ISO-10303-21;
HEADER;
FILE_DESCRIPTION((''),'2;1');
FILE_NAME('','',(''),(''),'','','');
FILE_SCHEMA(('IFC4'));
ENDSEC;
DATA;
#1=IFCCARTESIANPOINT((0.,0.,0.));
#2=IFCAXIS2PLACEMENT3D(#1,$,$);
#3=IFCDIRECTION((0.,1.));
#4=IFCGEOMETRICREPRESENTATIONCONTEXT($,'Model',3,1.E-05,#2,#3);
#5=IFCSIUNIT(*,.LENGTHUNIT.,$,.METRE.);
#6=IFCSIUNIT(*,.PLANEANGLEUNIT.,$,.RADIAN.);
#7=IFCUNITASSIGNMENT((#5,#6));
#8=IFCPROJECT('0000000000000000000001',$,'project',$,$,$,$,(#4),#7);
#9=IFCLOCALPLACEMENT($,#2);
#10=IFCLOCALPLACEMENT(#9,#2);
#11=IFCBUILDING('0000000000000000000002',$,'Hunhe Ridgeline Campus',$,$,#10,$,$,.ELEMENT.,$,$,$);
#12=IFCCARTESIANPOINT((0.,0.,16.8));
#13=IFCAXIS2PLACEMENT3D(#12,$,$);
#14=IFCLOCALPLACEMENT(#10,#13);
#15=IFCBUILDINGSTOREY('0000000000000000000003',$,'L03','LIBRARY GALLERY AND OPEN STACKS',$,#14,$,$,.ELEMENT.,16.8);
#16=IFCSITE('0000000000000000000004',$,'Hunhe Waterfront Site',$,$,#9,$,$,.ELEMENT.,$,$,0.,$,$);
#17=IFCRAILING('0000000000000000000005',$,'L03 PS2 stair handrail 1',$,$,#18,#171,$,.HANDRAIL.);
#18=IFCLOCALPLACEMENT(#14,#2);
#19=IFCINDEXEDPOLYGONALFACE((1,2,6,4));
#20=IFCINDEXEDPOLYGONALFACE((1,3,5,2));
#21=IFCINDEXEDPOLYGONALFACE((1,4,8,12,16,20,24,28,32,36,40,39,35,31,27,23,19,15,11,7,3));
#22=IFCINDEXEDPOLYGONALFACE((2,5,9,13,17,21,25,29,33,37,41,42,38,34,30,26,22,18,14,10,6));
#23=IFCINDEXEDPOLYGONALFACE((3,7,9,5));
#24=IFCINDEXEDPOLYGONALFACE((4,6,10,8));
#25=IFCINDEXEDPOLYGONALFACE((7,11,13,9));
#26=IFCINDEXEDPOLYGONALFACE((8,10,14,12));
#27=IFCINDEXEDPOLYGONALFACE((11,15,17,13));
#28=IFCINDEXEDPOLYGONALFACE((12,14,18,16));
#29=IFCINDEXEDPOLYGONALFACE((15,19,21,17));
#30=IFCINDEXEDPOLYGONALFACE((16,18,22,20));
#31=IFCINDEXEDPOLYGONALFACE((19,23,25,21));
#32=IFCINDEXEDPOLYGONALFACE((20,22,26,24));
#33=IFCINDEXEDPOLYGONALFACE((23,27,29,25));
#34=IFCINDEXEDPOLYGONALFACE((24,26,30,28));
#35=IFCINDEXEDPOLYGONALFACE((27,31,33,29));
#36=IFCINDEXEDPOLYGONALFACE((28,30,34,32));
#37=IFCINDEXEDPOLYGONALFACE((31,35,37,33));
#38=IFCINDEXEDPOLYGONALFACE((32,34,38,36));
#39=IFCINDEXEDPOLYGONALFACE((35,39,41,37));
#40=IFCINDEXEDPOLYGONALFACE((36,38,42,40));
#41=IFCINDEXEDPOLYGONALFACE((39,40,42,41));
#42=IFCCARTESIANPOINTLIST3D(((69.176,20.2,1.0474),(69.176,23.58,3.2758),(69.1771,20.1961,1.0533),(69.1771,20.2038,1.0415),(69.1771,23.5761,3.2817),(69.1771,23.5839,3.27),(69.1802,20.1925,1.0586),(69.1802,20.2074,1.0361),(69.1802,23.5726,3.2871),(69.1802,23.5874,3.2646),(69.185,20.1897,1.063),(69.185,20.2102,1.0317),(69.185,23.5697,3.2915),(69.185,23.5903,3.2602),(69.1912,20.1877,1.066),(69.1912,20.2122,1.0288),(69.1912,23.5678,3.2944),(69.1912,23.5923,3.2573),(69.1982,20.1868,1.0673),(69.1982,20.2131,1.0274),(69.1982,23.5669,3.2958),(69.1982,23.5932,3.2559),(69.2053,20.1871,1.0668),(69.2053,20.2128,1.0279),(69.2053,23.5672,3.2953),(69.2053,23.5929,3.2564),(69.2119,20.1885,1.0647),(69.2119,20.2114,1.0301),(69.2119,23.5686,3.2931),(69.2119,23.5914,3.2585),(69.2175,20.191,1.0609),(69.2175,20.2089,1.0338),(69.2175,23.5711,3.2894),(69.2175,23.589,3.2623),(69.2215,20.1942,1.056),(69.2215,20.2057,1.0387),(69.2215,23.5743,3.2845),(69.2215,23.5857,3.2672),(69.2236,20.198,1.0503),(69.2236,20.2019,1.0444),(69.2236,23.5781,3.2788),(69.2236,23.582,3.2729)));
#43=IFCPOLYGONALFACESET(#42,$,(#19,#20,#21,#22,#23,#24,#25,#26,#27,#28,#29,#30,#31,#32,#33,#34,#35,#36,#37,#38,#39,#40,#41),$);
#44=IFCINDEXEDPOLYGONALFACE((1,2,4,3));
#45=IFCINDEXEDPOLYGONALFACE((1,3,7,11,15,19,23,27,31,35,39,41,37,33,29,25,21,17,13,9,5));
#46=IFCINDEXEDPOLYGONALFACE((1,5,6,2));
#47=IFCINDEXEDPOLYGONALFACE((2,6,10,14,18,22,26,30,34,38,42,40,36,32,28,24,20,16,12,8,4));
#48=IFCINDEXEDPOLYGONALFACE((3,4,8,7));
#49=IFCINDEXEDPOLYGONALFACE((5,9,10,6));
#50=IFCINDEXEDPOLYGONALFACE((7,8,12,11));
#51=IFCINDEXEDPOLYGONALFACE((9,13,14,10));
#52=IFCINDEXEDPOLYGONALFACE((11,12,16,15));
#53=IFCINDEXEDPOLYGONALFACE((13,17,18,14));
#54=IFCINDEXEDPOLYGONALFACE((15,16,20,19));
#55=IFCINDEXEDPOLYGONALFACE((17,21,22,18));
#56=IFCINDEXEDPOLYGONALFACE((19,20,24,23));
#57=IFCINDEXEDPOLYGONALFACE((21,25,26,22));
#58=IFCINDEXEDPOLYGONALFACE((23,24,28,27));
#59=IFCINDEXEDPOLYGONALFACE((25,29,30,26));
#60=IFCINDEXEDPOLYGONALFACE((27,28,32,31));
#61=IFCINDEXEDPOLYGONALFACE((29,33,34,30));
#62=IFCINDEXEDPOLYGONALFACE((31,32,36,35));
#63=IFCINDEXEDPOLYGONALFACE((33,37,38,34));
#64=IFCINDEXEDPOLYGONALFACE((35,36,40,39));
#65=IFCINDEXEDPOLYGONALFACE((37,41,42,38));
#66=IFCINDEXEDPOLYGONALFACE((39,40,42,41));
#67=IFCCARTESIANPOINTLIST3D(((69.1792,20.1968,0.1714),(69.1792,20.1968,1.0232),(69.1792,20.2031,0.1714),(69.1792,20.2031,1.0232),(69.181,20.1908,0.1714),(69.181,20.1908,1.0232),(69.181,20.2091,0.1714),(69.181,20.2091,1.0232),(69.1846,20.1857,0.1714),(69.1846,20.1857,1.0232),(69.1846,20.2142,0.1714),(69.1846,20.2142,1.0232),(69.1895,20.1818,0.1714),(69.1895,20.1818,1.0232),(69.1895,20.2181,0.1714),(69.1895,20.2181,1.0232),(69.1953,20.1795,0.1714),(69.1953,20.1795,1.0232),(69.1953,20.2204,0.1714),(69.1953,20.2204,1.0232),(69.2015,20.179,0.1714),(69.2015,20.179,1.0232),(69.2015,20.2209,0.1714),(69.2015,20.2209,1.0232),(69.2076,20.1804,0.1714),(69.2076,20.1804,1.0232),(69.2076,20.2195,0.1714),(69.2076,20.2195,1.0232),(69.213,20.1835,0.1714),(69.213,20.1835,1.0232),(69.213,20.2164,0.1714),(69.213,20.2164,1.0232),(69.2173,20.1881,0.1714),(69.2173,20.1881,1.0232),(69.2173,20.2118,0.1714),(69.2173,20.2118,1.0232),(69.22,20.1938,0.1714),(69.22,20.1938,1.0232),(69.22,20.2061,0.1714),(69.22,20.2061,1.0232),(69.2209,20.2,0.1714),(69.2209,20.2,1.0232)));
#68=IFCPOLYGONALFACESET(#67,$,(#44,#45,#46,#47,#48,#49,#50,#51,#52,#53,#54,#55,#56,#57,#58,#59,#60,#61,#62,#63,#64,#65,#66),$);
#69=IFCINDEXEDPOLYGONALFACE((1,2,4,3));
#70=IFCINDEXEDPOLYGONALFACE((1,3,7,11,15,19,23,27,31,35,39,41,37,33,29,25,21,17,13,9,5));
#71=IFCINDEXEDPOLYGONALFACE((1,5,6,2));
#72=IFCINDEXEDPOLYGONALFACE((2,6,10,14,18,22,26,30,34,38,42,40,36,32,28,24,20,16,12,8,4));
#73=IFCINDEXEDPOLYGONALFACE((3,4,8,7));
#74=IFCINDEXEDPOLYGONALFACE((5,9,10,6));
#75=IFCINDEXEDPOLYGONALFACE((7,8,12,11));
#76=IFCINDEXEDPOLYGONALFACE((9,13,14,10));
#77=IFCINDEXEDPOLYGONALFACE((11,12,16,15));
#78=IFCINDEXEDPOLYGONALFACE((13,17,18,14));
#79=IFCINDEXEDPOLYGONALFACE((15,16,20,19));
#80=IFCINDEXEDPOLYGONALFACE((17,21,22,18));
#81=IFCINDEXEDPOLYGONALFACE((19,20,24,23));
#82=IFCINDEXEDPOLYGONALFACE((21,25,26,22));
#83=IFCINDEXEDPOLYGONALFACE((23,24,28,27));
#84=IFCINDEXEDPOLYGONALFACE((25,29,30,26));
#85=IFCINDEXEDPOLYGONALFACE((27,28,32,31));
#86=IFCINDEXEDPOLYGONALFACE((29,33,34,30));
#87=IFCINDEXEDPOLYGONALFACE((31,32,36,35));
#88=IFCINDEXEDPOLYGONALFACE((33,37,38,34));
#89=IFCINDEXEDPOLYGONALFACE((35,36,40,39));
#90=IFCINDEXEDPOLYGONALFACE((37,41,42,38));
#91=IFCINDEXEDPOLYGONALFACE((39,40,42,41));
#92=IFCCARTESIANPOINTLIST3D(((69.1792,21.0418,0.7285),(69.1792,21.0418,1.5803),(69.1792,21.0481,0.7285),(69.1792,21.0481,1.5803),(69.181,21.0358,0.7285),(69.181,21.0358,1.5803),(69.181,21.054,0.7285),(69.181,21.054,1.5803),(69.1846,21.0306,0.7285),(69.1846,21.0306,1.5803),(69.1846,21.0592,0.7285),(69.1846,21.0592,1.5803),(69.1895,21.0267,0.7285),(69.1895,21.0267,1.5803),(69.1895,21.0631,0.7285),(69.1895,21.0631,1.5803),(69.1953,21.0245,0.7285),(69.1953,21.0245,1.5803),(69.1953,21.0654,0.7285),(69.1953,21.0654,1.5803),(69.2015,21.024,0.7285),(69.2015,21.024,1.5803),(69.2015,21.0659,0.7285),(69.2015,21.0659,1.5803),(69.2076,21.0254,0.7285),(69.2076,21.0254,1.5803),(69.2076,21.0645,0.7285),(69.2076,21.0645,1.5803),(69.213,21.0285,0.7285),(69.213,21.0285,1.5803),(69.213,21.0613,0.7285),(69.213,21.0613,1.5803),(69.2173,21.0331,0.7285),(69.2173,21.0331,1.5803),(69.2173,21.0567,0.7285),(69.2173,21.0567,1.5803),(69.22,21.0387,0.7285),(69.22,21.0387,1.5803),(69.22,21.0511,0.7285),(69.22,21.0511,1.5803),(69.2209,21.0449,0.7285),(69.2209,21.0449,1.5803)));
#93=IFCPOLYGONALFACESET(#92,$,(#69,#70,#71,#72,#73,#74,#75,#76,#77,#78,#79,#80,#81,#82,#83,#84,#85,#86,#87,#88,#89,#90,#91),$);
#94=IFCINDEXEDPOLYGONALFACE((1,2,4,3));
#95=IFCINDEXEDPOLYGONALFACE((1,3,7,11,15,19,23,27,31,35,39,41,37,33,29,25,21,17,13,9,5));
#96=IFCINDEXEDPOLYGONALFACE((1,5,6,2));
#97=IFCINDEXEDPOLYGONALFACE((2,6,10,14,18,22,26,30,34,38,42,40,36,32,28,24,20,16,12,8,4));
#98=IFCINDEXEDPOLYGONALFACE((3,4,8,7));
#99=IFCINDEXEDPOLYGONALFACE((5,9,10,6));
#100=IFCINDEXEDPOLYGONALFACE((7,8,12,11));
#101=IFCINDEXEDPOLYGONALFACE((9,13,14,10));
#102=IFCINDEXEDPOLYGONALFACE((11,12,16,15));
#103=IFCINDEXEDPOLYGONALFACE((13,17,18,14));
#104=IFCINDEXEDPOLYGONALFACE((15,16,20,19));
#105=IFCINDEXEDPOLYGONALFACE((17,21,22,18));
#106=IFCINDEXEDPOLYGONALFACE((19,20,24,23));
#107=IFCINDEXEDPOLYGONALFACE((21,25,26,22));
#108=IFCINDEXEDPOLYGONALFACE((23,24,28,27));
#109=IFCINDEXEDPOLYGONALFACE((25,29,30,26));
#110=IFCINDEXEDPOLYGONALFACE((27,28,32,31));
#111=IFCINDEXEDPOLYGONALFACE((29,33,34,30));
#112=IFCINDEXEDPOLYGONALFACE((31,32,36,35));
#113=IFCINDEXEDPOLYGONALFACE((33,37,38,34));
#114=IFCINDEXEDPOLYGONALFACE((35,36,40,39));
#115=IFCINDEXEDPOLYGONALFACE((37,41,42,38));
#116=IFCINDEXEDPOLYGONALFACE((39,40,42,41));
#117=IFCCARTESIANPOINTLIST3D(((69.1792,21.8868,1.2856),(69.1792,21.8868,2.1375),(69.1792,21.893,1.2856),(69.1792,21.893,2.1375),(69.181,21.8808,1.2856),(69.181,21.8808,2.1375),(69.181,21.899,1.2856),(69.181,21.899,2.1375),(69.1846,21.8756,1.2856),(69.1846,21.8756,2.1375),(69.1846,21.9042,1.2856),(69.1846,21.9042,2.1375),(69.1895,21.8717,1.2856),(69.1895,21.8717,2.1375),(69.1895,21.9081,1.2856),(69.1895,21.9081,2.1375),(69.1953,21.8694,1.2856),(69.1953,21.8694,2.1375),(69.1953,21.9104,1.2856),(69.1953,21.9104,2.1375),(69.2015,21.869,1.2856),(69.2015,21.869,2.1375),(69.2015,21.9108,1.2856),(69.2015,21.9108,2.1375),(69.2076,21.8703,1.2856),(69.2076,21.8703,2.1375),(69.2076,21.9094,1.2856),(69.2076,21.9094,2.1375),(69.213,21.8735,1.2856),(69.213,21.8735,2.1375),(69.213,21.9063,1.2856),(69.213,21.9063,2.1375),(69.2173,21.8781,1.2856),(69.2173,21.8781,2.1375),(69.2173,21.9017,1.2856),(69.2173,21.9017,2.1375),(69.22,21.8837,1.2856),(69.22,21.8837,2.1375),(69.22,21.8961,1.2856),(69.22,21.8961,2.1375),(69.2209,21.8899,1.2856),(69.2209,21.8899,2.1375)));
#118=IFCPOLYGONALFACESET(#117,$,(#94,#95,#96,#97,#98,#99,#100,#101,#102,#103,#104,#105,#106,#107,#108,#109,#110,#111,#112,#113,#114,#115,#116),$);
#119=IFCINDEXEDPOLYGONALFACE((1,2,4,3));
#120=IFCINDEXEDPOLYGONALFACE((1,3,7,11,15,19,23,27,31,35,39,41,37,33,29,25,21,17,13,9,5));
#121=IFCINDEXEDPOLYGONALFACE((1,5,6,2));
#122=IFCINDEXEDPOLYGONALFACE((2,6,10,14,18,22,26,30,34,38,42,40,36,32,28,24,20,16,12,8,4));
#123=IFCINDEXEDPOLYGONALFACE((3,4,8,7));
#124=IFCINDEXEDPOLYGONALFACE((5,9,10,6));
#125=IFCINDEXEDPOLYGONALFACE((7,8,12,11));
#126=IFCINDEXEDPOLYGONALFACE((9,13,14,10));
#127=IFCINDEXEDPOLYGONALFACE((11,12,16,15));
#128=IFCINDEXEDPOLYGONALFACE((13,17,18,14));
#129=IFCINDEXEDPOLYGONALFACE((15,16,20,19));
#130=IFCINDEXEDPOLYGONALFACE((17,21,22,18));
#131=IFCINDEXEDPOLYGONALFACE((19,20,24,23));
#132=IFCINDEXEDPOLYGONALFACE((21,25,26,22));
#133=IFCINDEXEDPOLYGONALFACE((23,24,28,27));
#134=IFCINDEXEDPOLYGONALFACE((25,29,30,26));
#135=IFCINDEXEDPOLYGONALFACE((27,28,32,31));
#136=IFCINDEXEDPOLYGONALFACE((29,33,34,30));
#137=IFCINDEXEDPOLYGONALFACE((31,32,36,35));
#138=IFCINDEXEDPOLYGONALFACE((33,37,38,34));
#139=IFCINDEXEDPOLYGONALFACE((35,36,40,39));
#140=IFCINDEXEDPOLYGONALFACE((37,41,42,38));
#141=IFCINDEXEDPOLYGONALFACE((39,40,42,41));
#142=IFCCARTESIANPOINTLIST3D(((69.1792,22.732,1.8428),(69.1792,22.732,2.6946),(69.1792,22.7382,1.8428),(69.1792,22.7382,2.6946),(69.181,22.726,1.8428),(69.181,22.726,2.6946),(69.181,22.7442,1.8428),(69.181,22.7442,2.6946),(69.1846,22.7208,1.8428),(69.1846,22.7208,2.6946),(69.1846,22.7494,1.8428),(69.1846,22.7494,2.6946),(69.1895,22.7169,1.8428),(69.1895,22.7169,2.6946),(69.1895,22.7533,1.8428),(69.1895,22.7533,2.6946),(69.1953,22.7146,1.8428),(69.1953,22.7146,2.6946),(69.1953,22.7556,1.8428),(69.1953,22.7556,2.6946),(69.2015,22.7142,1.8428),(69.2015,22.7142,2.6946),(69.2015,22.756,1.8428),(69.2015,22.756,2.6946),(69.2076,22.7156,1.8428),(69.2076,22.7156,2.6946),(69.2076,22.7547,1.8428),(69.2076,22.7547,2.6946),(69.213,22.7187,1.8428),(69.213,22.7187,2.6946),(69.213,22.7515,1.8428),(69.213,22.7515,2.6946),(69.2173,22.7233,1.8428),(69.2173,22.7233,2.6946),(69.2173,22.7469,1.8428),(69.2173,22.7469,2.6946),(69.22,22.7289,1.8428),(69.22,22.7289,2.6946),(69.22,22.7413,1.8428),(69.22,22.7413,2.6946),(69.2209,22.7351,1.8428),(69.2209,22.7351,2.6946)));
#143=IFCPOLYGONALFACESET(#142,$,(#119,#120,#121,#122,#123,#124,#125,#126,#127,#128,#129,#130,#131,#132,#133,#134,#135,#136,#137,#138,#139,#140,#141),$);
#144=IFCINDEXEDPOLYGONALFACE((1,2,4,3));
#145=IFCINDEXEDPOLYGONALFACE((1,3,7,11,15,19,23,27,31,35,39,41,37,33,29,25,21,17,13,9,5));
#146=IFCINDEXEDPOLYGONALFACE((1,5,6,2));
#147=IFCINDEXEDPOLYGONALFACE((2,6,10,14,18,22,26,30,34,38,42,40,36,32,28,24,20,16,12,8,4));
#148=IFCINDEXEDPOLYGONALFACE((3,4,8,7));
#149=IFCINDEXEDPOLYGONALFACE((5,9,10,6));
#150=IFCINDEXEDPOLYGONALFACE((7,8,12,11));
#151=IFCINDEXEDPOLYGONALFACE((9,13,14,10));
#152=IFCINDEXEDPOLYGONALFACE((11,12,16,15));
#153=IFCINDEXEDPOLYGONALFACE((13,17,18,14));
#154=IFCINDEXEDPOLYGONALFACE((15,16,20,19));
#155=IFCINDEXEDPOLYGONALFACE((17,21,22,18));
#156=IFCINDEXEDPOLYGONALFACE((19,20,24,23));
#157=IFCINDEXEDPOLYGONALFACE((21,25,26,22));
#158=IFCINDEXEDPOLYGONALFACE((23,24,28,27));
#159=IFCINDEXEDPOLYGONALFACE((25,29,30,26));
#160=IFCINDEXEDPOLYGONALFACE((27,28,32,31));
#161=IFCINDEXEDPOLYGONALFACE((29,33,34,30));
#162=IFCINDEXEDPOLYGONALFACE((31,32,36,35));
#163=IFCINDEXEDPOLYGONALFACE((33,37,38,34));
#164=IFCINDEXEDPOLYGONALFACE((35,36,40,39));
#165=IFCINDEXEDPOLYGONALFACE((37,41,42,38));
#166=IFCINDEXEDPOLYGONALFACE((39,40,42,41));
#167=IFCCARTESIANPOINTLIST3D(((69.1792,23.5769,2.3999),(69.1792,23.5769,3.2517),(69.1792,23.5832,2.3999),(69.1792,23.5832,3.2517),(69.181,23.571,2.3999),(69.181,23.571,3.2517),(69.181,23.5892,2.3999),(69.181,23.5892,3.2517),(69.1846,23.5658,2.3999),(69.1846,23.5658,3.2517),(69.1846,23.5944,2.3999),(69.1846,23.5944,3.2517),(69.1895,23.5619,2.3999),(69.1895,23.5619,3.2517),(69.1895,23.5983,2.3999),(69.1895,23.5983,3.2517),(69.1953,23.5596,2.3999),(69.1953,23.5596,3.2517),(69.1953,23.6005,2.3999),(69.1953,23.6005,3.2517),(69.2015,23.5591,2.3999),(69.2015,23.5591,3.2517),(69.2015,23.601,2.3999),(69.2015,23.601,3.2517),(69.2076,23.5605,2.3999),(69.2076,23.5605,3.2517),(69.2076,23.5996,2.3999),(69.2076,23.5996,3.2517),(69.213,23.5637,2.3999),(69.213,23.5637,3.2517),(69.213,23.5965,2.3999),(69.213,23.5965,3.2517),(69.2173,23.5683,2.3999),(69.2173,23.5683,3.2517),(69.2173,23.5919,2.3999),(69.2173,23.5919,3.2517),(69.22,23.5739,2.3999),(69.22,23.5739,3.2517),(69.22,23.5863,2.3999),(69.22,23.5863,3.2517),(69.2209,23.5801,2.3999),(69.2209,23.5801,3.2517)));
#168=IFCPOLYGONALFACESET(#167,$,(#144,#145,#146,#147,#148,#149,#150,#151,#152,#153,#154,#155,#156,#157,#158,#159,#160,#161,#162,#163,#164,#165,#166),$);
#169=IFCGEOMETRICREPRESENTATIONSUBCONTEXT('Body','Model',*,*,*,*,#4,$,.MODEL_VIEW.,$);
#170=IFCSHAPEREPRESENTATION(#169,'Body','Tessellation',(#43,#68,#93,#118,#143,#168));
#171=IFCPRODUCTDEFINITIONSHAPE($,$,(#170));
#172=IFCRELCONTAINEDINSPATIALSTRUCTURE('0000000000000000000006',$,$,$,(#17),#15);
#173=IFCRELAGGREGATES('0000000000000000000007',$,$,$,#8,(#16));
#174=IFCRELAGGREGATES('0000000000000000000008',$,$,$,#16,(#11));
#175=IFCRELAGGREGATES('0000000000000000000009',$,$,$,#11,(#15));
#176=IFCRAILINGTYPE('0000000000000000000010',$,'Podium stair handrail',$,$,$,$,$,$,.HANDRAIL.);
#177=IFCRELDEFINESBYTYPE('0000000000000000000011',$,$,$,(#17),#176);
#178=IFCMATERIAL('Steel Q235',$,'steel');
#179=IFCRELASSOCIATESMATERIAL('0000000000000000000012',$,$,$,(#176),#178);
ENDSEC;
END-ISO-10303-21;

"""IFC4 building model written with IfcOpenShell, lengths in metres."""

from ifc_helpers import new_model, si_unit, direction, frame, origin, origin_2d, place, context, subcontext, project, spatial, circle, extrude, material, type_object, element, save


model = new_model("IFC4")

# Units and contexts
model_context = context("Model", 3, precision=1e-05, world=origin(), true_north=direction((0.0, 1.0)))
body_context = subcontext(model_context, "Body", "Model", "MODEL_VIEW")
ifc_project = project(units=[si_unit("LENGTHUNIT", "METRE"), si_unit("PLANEANGLEUNIT", "RADIAN")], contexts=[model_context])

# Site, building, storey
site_placement = place(None, origin())
site = spatial("IfcSite", under=ifc_project, at=site_placement, Name="Hunhe Waterfront Site", CompositionType="ELEMENT", RefElevation=0.0)
building_placement = place(site_placement, origin())
building = spatial("IfcBuilding", under=site, at=building_placement, Name="Hunhe Ridgeline Campus", CompositionType="ELEMENT")
storey_placement = place(building_placement, frame((0.0, 0.0, 16.8)))
storey = spatial("IfcBuildingStorey", under=building, at=storey_placement, Name="L03", Description="LIBRARY GALLERY AND OPEN STACKS", CompositionType="ELEMENT", Elevation=16.8)

# Railing
ifc_material_1 = material(Name="Steel Q235", Category="steel")
railing_type_1 = type_object("IfcRailingType", Name="Podium stair handrail", PredefinedType="HANDRAIL", material=ifc_material_1)
railing_1_placement = place(storey_placement, frame((69.2, 20.2, 0.1714)))
element("IfcRailing", 1, at=railing_1_placement, inside=storey, type_object=railing_type_1, Name="L03 PS2 stair handrail 1", PredefinedType="HANDRAIL", context=body_context, shape_type="SweptSolid", body=[
    extrude(circle(Radius=0.0239, at=origin_2d()), frame((0.0, 0.0, 0.876), z_axis=(0.0, 0.834878, 0.550435), x_axis=(-1.0, 0.0, 0.0)), (0.0, 0.0, 1.0), 4.0486),
    extrude(circle(Radius=0.021, at=origin_2d()), origin(), (0.0, 0.0, 1.0), 0.8518),
    extrude(circle(Radius=0.021, at=origin_2d()), frame((0.0, 0.845, 0.5571)), (0.0, 0.0, 1.0), 0.8518),
    extrude(circle(Radius=0.021, at=origin_2d()), frame((0.0, 1.6899, 1.1143)), (0.0, 0.0, 1.0), 0.8518),
    extrude(circle(Radius=0.021, at=origin_2d()), frame((0.0, 2.5352, 1.6714)), (0.0, 0.0, 1.0), 0.8518),
    extrude(circle(Radius=0.021, at=origin_2d()), frame((0.0, 3.3801, 2.2285)), (0.0, 0.0, 1.0), 0.8518),
])

save(model, "model.ifc")
